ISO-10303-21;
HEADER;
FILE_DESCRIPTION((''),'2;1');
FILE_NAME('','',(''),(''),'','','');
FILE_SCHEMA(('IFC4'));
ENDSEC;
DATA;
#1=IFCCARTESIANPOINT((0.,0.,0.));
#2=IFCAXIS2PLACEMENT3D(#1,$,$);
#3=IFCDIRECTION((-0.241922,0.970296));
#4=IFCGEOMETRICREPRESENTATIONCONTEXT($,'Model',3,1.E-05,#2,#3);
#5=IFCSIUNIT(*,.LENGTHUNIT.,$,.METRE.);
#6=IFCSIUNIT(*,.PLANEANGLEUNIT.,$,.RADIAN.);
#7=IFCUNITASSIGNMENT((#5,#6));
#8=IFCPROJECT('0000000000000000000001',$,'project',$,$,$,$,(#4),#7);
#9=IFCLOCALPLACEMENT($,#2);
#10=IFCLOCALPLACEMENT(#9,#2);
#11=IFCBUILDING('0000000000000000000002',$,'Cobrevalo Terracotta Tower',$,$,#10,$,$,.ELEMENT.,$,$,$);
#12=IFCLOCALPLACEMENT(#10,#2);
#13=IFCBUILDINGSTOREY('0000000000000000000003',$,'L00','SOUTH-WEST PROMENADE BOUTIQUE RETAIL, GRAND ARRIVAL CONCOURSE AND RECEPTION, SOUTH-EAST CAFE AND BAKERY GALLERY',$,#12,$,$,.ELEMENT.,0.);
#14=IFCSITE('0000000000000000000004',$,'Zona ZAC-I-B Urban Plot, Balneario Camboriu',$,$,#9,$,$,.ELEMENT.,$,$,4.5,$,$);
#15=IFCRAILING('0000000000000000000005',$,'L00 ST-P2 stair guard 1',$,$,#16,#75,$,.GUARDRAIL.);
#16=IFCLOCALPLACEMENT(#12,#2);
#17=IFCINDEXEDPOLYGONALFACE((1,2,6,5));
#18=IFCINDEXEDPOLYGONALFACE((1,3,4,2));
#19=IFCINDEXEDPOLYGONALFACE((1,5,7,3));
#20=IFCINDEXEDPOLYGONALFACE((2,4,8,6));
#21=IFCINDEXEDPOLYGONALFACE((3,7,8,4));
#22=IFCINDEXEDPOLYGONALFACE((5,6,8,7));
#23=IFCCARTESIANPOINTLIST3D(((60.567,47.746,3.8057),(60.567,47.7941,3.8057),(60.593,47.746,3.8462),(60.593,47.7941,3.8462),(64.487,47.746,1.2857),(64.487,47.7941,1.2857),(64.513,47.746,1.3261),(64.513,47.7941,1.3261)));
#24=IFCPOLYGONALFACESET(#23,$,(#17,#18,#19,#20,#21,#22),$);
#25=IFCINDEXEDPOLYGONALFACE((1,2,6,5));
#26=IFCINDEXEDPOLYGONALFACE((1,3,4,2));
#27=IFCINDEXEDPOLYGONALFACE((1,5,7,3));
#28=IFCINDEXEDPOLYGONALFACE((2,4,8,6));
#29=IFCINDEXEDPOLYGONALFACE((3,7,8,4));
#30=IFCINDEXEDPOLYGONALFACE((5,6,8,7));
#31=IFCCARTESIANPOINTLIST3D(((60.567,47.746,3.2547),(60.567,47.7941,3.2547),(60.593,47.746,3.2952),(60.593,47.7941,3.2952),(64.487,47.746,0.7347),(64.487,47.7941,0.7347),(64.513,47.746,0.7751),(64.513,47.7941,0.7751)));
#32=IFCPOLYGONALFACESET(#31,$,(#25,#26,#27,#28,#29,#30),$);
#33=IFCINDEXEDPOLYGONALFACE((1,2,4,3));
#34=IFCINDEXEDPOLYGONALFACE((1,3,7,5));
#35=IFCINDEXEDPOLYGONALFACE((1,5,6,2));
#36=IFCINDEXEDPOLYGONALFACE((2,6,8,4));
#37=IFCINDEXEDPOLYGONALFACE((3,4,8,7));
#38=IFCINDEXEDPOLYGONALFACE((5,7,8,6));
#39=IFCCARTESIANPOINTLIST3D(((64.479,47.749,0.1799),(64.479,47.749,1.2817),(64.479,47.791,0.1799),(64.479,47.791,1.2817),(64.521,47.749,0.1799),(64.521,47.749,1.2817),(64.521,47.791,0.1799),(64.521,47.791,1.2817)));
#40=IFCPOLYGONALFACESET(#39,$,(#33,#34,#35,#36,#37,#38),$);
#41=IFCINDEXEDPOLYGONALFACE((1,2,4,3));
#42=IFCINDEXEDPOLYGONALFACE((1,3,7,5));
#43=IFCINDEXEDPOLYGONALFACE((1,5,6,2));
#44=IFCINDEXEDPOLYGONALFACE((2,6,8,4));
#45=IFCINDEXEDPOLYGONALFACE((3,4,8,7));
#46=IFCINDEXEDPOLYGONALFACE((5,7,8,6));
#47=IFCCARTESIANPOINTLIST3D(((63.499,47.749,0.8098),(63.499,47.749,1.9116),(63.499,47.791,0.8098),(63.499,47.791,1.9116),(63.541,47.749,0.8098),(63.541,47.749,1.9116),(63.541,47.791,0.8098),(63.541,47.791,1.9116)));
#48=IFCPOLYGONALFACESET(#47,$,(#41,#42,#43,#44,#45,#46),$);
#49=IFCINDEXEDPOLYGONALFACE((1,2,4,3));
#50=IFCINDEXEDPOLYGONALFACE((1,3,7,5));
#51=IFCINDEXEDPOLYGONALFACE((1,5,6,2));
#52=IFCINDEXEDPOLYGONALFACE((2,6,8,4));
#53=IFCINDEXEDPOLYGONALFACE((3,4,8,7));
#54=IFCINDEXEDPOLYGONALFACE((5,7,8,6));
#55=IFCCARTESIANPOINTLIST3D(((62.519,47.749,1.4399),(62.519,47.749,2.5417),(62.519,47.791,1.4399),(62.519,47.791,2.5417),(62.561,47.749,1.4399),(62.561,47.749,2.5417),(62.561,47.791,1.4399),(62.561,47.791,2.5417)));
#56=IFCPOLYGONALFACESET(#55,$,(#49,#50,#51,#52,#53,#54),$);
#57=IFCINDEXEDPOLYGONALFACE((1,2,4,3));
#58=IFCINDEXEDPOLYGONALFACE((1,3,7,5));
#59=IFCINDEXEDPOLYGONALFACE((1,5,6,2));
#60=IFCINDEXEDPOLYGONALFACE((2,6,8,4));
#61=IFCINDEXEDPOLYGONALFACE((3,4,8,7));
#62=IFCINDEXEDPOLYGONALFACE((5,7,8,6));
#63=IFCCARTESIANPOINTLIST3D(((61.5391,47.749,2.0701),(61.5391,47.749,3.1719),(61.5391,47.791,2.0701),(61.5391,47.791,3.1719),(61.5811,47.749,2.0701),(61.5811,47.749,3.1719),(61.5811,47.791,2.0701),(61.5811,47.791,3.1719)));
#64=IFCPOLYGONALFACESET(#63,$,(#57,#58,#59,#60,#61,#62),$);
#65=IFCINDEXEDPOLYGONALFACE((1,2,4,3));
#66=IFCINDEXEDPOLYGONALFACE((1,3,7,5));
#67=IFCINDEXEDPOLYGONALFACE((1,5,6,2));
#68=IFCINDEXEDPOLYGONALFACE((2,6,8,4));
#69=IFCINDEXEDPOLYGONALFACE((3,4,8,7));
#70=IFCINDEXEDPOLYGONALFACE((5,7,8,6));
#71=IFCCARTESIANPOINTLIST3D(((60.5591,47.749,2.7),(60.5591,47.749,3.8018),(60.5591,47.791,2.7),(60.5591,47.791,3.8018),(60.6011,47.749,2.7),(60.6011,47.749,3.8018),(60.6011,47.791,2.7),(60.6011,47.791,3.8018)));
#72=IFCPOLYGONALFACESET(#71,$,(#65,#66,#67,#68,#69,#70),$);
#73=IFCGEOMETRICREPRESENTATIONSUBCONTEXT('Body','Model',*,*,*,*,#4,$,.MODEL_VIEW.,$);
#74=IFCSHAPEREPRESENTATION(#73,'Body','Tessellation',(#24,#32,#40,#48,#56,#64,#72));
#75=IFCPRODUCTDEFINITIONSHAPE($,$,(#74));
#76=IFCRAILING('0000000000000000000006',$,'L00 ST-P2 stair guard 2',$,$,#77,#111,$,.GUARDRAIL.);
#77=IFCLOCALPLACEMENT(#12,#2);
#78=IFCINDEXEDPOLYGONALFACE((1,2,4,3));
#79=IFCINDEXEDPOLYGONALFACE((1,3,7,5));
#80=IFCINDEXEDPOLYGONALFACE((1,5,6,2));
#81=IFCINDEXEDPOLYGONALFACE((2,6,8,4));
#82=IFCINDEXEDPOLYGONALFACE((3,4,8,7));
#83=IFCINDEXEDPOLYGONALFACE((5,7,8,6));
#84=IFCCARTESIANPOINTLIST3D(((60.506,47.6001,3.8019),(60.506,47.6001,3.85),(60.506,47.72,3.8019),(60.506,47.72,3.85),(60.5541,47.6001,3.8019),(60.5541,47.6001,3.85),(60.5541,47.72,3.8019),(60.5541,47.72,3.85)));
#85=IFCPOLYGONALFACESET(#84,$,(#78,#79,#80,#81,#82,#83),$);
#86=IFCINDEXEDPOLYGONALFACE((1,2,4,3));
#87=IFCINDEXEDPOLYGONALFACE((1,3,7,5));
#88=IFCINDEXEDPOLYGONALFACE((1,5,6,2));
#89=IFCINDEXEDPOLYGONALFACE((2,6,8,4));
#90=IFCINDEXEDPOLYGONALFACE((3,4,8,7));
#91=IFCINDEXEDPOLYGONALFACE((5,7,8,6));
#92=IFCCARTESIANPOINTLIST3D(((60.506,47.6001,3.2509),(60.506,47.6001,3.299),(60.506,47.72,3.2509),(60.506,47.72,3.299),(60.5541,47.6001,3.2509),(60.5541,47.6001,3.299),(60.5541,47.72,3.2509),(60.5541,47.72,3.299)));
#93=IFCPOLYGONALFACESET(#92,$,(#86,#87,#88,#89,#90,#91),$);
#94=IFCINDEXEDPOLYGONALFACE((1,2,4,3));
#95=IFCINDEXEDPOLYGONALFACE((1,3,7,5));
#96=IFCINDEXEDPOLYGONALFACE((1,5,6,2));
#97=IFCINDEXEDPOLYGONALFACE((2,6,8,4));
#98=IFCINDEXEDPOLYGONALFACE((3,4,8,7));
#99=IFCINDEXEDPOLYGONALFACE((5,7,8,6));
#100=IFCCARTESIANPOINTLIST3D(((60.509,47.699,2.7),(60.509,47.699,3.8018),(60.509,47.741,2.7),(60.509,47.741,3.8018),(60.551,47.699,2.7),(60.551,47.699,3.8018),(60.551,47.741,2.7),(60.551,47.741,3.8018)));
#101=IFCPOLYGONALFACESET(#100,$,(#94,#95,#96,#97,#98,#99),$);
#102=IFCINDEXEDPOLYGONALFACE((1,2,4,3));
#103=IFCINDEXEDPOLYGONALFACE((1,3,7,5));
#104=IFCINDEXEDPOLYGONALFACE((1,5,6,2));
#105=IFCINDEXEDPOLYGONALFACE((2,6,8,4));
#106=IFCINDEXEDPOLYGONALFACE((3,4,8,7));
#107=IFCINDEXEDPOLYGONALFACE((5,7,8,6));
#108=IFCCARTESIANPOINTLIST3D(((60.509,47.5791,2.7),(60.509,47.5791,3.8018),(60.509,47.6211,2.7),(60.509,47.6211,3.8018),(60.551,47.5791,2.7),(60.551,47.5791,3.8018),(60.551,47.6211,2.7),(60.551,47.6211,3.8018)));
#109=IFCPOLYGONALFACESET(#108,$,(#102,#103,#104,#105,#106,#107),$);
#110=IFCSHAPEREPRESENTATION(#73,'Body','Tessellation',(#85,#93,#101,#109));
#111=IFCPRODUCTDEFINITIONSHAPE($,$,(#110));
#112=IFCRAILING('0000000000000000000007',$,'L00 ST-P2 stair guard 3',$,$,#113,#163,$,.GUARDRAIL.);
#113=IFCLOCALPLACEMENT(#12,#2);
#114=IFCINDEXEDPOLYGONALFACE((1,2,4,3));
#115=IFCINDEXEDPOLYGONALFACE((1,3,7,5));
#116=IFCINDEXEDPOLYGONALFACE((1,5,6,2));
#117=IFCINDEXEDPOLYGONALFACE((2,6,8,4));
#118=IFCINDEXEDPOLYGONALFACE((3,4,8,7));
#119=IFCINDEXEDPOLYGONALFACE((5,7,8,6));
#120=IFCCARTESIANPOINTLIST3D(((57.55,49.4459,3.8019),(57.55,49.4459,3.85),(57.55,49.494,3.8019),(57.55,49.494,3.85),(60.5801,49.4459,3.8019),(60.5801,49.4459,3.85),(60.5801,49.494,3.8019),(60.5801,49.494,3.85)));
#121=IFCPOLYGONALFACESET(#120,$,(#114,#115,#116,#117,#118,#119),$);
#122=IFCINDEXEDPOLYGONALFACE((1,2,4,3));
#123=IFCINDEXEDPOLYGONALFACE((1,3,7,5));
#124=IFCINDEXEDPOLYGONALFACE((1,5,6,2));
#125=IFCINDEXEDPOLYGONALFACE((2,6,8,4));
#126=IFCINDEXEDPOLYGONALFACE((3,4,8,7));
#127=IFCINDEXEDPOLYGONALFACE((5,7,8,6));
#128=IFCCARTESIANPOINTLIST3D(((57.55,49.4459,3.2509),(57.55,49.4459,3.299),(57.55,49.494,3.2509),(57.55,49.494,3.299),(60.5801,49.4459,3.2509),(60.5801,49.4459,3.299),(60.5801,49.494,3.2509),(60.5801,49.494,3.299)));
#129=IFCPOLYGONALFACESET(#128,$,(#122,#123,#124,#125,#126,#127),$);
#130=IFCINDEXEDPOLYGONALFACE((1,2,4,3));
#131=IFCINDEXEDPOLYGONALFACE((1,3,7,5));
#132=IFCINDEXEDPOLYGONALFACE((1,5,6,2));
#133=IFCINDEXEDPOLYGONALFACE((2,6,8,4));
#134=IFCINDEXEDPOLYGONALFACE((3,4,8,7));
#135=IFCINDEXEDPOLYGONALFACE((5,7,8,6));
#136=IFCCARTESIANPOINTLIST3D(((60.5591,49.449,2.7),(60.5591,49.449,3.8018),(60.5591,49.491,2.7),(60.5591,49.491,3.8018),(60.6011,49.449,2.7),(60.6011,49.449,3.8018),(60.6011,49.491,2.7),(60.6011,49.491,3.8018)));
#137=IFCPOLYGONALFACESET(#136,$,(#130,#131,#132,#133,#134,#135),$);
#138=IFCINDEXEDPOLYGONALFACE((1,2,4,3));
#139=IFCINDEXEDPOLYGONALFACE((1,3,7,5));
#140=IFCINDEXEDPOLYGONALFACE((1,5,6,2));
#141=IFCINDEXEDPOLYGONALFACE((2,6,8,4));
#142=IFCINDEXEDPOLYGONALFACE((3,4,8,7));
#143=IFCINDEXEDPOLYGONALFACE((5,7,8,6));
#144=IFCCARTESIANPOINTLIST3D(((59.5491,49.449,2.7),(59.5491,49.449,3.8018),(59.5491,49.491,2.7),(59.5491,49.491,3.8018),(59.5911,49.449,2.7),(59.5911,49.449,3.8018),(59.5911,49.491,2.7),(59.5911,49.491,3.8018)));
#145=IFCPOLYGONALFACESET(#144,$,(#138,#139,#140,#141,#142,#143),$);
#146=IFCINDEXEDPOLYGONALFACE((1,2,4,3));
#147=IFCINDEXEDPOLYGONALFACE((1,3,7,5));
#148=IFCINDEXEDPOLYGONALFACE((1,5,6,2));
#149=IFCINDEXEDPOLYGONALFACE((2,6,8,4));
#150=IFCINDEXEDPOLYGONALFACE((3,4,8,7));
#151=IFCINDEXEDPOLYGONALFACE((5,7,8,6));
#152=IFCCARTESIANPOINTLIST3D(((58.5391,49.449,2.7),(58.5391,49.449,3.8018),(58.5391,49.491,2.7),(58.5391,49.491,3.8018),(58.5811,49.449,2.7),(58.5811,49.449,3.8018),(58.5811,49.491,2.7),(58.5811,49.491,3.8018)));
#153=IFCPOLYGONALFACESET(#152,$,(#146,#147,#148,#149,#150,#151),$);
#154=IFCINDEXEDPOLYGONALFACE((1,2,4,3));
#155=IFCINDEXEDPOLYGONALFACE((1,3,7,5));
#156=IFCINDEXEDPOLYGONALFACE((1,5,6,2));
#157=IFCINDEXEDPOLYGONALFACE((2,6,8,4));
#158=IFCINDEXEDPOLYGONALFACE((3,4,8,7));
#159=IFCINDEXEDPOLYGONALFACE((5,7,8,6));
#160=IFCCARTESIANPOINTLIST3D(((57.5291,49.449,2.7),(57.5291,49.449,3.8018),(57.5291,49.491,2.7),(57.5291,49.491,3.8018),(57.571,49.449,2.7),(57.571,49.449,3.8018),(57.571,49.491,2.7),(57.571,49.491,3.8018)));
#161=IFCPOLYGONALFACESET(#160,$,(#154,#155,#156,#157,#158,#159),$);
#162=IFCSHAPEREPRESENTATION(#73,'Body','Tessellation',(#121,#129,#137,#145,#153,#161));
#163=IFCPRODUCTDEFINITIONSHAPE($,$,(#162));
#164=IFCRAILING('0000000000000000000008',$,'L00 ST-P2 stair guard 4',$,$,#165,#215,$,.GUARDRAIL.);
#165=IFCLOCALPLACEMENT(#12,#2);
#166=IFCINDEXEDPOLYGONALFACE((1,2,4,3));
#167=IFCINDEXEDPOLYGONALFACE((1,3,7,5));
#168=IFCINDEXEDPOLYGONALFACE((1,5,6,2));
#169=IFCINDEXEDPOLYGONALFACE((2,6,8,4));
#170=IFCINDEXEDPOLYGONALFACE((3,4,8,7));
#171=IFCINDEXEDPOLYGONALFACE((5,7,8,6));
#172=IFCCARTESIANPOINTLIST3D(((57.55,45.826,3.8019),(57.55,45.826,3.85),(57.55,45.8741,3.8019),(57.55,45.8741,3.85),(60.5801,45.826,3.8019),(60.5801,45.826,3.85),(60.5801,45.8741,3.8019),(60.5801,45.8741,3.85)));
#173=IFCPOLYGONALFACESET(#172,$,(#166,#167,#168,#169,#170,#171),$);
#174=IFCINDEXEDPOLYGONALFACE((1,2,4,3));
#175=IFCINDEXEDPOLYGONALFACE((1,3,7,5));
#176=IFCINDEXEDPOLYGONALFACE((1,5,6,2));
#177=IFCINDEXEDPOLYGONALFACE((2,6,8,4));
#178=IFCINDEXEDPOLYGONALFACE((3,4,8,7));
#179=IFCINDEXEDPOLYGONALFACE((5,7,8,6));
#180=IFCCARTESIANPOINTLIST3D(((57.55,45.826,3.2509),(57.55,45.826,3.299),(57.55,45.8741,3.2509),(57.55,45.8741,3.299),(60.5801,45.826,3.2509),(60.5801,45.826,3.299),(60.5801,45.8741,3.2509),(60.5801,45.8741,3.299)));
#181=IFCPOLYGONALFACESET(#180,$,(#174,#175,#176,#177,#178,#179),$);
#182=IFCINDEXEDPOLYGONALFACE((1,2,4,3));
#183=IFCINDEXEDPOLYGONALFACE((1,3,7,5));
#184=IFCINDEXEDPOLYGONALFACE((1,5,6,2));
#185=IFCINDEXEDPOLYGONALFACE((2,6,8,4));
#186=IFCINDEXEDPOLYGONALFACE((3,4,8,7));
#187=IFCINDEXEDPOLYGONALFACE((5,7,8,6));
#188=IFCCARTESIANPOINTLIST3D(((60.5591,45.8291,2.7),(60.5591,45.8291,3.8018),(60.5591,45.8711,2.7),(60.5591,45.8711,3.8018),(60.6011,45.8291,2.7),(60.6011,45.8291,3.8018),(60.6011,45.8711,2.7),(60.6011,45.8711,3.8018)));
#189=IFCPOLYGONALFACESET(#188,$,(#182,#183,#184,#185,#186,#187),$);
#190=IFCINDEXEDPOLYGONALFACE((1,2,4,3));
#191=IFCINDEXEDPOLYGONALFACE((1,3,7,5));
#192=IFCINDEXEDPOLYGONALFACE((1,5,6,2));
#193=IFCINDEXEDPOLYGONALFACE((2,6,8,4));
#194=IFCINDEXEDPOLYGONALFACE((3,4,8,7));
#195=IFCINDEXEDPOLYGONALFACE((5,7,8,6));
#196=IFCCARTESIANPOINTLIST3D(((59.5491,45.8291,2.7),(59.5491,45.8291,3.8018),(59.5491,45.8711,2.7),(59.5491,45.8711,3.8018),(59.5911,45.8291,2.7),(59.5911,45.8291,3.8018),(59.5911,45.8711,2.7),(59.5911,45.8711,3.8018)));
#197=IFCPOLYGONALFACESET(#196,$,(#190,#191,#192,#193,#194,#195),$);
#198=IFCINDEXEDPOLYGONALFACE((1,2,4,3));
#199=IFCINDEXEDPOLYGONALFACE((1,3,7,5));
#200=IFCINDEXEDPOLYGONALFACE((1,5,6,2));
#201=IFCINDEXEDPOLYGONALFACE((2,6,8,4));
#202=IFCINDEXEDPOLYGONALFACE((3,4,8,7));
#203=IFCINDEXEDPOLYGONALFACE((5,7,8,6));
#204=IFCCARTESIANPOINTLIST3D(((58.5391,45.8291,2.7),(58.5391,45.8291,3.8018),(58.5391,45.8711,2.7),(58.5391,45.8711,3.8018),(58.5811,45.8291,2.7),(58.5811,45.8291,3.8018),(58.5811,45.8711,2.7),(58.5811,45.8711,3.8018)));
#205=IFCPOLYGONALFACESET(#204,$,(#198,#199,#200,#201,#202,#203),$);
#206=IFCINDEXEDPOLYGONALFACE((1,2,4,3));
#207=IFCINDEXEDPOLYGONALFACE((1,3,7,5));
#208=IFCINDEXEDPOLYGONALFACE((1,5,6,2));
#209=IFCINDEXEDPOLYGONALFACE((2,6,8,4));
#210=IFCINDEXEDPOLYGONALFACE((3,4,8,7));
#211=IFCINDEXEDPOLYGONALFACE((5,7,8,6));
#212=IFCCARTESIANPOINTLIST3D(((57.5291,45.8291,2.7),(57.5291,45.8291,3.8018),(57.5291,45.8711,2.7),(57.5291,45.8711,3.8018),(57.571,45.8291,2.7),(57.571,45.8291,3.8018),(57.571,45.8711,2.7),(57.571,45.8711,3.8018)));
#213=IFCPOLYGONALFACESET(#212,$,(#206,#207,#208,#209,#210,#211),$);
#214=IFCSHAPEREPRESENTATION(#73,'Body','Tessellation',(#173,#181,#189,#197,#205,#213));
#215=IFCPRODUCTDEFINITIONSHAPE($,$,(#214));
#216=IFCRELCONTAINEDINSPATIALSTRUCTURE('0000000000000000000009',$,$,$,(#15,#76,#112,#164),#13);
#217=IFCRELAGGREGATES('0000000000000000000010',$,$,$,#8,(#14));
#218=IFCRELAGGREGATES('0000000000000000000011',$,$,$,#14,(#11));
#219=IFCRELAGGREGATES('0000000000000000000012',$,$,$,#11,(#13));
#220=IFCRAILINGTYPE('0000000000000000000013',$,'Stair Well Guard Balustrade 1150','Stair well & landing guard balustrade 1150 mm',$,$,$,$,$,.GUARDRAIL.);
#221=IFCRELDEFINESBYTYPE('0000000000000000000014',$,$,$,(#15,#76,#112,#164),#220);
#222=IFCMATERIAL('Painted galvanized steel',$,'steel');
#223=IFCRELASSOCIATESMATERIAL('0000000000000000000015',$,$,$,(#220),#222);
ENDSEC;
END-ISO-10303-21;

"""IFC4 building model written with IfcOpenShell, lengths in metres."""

from ifc_helpers import new_model, si_unit, direction, frame, origin, origin_2d, place, context, subcontext, project, spatial, rectangle, extrude, material, type_object, element, save


model = new_model("IFC4")

# Units and contexts
model_context = context("Model", 3, precision=1e-05, world=origin(), true_north=direction((-0.241922, 0.970296)))
body_context = subcontext(model_context, "Body", "Model", "MODEL_VIEW")
ifc_project = project(units=[si_unit("LENGTHUNIT", "METRE"), si_unit("PLANEANGLEUNIT", "RADIAN")], contexts=[model_context])

# Site, building, storey
site_placement = place(None, origin())
site = spatial("IfcSite", under=ifc_project, at=site_placement, Name="Zona ZAC-I-B Urban Plot, Balneario Camboriu", CompositionType="ELEMENT", RefElevation=4.5)
building_placement = place(site_placement, origin())
building = spatial("IfcBuilding", under=site, at=building_placement, Name="Cobrevalo Terracotta Tower", CompositionType="ELEMENT")
storey_placement = place(building_placement, origin())
storey = spatial("IfcBuildingStorey", under=building, at=storey_placement, Name="L00", Description="SOUTH-WEST PROMENADE BOUTIQUE RETAIL, GRAND ARRIVAL CONCOURSE AND RECEPTION, SOUTH-EAST CAFE AND BAKERY GALLERY", CompositionType="ELEMENT", Elevation=0.0)

# Railings
ifc_material_1 = material(Name="Painted galvanized steel", Category="steel")
railing_type_1 = type_object("IfcRailingType", Name="Stair Well Guard Balustrade 1150", Description="Stair well & landing guard balustrade 1150 mm", PredefinedType="GUARDRAIL", material=ifc_material_1)
railing_1_placement = place(storey_placement, frame((64.5, 47.77, 0.1799)))
element("IfcRailing", 1, at=railing_1_placement, inside=storey, type_object=railing_type_1, Name="L00 ST-P2 stair guard 1", PredefinedType="GUARDRAIL", context=body_context, shape_type="SweptSolid", body=[
    extrude(rectangle(XDim=0.0481, YDim=0.0481, at=origin_2d()), frame((0.0, 0.0, 1.126), z_axis=(-0.841172, 0.0, 0.540768), x_axis=(0.0, -1.0, 0.0)), (0.0, 0.0, 1.0), 4.6602),
    extrude(rectangle(XDim=0.0481, YDim=0.0481, at=origin_2d()), frame((0.0, 0.0, 0.575), z_axis=(-0.841172, 0.0, 0.540768), x_axis=(0.0, -1.0, 0.0)), (0.0, 0.0, 1.0), 4.6602),
    extrude(rectangle(XDim=0.042, YDim=0.042, at=origin_2d()), origin(), (0.0, 0.0, 1.0), 1.1018),
    extrude(rectangle(XDim=0.042, YDim=0.042, at=origin_2d()), frame((-0.98, 0.0, 0.6299)), (0.0, 0.0, 1.0), 1.1018),
    extrude(rectangle(XDim=0.042, YDim=0.042, at=origin_2d()), frame((-1.96, 0.0, 1.26)), (0.0, 0.0, 1.0), 1.1018),
    extrude(rectangle(XDim=0.042, YDim=0.042, at=origin_2d()), frame((-2.9399, 0.0, 1.8901)), (0.0, 0.0, 1.0), 1.1018),
    extrude(rectangle(XDim=0.042, YDim=0.042, at=origin_2d()), frame((-3.9199, 0.0, 2.52)), (0.0, 0.0, 1.0), 1.1018),
])
railing_2_placement = place(storey_placement, frame((60.53, 47.72, 2.7)))
element("IfcRailing", 2, at=railing_2_placement, inside=storey, type_object=railing_type_1, Name="L00 ST-P2 stair guard 2", PredefinedType="GUARDRAIL", context=body_context, shape_type="SweptSolid", body=[
    extrude(rectangle(XDim=0.0481, YDim=0.0481, at=origin_2d()), frame((0.0, 0.0, 1.126), z_axis=(0.0, -1.0, 0.0), x_axis=(1.0, 0.0, 0.0)), (0.0, 0.0, 1.0), 0.1199),
    extrude(rectangle(XDim=0.0481, YDim=0.0481, at=origin_2d()), frame((0.0, 0.0, 0.575), z_axis=(0.0, -1.0, 0.0), x_axis=(1.0, 0.0, 0.0)), (0.0, 0.0, 1.0), 0.1199),
    extrude(rectangle(XDim=0.042, YDim=0.042, at=origin_2d()), origin(), (0.0, 0.0, 1.0), 1.1018),
    extrude(rectangle(XDim=0.042, YDim=0.042, at=origin_2d()), frame((0.0, -0.1199, 0.0)), (0.0, 0.0, 1.0), 1.1018),
])
for number, where, name in (
    (3, (60.5801, 49.47, 2.7), "L00 ST-P2 stair guard 3"),
    (4, (60.5801, 45.8501, 2.7), "L00 ST-P2 stair guard 4"),
):
    element("IfcRailing", number, at=place(storey_placement, frame(where)), inside=storey, type_object=railing_type_1, Name=name, PredefinedType="GUARDRAIL", context=body_context, shape_type="SweptSolid", body=[
        extrude(rectangle(XDim=0.0481, YDim=0.0481, at=origin_2d()), frame((0.0, 0.0, 1.126), z_axis=(-1.0, 0.0, 0.0), x_axis=(0.0, -1.0, 0.0)), (0.0, 0.0, 1.0), 3.03),
        extrude(rectangle(XDim=0.0481, YDim=0.0481, at=origin_2d()), frame((0.0, 0.0, 0.575), z_axis=(-1.0, 0.0, 0.0), x_axis=(0.0, -1.0, 0.0)), (0.0, 0.0, 1.0), 3.03),
        extrude(rectangle(XDim=0.042, YDim=0.042, at=origin_2d()), origin(), (0.0, 0.0, 1.0), 1.1018),
        extrude(rectangle(XDim=0.042, YDim=0.042, at=origin_2d()), frame((-1.01, 0.0, 0.0)), (0.0, 0.0, 1.0), 1.1018),
        extrude(rectangle(XDim=0.042, YDim=0.042, at=origin_2d()), frame((-2.02, 0.0, 0.0)), (0.0, 0.0, 1.0), 1.1018),
        extrude(rectangle(XDim=0.042, YDim=0.042, at=origin_2d()), frame((-3.03, 0.0, 0.0)), (0.0, 0.0, 1.0), 1.1018),
    ])

save(model, "model.ifc")
